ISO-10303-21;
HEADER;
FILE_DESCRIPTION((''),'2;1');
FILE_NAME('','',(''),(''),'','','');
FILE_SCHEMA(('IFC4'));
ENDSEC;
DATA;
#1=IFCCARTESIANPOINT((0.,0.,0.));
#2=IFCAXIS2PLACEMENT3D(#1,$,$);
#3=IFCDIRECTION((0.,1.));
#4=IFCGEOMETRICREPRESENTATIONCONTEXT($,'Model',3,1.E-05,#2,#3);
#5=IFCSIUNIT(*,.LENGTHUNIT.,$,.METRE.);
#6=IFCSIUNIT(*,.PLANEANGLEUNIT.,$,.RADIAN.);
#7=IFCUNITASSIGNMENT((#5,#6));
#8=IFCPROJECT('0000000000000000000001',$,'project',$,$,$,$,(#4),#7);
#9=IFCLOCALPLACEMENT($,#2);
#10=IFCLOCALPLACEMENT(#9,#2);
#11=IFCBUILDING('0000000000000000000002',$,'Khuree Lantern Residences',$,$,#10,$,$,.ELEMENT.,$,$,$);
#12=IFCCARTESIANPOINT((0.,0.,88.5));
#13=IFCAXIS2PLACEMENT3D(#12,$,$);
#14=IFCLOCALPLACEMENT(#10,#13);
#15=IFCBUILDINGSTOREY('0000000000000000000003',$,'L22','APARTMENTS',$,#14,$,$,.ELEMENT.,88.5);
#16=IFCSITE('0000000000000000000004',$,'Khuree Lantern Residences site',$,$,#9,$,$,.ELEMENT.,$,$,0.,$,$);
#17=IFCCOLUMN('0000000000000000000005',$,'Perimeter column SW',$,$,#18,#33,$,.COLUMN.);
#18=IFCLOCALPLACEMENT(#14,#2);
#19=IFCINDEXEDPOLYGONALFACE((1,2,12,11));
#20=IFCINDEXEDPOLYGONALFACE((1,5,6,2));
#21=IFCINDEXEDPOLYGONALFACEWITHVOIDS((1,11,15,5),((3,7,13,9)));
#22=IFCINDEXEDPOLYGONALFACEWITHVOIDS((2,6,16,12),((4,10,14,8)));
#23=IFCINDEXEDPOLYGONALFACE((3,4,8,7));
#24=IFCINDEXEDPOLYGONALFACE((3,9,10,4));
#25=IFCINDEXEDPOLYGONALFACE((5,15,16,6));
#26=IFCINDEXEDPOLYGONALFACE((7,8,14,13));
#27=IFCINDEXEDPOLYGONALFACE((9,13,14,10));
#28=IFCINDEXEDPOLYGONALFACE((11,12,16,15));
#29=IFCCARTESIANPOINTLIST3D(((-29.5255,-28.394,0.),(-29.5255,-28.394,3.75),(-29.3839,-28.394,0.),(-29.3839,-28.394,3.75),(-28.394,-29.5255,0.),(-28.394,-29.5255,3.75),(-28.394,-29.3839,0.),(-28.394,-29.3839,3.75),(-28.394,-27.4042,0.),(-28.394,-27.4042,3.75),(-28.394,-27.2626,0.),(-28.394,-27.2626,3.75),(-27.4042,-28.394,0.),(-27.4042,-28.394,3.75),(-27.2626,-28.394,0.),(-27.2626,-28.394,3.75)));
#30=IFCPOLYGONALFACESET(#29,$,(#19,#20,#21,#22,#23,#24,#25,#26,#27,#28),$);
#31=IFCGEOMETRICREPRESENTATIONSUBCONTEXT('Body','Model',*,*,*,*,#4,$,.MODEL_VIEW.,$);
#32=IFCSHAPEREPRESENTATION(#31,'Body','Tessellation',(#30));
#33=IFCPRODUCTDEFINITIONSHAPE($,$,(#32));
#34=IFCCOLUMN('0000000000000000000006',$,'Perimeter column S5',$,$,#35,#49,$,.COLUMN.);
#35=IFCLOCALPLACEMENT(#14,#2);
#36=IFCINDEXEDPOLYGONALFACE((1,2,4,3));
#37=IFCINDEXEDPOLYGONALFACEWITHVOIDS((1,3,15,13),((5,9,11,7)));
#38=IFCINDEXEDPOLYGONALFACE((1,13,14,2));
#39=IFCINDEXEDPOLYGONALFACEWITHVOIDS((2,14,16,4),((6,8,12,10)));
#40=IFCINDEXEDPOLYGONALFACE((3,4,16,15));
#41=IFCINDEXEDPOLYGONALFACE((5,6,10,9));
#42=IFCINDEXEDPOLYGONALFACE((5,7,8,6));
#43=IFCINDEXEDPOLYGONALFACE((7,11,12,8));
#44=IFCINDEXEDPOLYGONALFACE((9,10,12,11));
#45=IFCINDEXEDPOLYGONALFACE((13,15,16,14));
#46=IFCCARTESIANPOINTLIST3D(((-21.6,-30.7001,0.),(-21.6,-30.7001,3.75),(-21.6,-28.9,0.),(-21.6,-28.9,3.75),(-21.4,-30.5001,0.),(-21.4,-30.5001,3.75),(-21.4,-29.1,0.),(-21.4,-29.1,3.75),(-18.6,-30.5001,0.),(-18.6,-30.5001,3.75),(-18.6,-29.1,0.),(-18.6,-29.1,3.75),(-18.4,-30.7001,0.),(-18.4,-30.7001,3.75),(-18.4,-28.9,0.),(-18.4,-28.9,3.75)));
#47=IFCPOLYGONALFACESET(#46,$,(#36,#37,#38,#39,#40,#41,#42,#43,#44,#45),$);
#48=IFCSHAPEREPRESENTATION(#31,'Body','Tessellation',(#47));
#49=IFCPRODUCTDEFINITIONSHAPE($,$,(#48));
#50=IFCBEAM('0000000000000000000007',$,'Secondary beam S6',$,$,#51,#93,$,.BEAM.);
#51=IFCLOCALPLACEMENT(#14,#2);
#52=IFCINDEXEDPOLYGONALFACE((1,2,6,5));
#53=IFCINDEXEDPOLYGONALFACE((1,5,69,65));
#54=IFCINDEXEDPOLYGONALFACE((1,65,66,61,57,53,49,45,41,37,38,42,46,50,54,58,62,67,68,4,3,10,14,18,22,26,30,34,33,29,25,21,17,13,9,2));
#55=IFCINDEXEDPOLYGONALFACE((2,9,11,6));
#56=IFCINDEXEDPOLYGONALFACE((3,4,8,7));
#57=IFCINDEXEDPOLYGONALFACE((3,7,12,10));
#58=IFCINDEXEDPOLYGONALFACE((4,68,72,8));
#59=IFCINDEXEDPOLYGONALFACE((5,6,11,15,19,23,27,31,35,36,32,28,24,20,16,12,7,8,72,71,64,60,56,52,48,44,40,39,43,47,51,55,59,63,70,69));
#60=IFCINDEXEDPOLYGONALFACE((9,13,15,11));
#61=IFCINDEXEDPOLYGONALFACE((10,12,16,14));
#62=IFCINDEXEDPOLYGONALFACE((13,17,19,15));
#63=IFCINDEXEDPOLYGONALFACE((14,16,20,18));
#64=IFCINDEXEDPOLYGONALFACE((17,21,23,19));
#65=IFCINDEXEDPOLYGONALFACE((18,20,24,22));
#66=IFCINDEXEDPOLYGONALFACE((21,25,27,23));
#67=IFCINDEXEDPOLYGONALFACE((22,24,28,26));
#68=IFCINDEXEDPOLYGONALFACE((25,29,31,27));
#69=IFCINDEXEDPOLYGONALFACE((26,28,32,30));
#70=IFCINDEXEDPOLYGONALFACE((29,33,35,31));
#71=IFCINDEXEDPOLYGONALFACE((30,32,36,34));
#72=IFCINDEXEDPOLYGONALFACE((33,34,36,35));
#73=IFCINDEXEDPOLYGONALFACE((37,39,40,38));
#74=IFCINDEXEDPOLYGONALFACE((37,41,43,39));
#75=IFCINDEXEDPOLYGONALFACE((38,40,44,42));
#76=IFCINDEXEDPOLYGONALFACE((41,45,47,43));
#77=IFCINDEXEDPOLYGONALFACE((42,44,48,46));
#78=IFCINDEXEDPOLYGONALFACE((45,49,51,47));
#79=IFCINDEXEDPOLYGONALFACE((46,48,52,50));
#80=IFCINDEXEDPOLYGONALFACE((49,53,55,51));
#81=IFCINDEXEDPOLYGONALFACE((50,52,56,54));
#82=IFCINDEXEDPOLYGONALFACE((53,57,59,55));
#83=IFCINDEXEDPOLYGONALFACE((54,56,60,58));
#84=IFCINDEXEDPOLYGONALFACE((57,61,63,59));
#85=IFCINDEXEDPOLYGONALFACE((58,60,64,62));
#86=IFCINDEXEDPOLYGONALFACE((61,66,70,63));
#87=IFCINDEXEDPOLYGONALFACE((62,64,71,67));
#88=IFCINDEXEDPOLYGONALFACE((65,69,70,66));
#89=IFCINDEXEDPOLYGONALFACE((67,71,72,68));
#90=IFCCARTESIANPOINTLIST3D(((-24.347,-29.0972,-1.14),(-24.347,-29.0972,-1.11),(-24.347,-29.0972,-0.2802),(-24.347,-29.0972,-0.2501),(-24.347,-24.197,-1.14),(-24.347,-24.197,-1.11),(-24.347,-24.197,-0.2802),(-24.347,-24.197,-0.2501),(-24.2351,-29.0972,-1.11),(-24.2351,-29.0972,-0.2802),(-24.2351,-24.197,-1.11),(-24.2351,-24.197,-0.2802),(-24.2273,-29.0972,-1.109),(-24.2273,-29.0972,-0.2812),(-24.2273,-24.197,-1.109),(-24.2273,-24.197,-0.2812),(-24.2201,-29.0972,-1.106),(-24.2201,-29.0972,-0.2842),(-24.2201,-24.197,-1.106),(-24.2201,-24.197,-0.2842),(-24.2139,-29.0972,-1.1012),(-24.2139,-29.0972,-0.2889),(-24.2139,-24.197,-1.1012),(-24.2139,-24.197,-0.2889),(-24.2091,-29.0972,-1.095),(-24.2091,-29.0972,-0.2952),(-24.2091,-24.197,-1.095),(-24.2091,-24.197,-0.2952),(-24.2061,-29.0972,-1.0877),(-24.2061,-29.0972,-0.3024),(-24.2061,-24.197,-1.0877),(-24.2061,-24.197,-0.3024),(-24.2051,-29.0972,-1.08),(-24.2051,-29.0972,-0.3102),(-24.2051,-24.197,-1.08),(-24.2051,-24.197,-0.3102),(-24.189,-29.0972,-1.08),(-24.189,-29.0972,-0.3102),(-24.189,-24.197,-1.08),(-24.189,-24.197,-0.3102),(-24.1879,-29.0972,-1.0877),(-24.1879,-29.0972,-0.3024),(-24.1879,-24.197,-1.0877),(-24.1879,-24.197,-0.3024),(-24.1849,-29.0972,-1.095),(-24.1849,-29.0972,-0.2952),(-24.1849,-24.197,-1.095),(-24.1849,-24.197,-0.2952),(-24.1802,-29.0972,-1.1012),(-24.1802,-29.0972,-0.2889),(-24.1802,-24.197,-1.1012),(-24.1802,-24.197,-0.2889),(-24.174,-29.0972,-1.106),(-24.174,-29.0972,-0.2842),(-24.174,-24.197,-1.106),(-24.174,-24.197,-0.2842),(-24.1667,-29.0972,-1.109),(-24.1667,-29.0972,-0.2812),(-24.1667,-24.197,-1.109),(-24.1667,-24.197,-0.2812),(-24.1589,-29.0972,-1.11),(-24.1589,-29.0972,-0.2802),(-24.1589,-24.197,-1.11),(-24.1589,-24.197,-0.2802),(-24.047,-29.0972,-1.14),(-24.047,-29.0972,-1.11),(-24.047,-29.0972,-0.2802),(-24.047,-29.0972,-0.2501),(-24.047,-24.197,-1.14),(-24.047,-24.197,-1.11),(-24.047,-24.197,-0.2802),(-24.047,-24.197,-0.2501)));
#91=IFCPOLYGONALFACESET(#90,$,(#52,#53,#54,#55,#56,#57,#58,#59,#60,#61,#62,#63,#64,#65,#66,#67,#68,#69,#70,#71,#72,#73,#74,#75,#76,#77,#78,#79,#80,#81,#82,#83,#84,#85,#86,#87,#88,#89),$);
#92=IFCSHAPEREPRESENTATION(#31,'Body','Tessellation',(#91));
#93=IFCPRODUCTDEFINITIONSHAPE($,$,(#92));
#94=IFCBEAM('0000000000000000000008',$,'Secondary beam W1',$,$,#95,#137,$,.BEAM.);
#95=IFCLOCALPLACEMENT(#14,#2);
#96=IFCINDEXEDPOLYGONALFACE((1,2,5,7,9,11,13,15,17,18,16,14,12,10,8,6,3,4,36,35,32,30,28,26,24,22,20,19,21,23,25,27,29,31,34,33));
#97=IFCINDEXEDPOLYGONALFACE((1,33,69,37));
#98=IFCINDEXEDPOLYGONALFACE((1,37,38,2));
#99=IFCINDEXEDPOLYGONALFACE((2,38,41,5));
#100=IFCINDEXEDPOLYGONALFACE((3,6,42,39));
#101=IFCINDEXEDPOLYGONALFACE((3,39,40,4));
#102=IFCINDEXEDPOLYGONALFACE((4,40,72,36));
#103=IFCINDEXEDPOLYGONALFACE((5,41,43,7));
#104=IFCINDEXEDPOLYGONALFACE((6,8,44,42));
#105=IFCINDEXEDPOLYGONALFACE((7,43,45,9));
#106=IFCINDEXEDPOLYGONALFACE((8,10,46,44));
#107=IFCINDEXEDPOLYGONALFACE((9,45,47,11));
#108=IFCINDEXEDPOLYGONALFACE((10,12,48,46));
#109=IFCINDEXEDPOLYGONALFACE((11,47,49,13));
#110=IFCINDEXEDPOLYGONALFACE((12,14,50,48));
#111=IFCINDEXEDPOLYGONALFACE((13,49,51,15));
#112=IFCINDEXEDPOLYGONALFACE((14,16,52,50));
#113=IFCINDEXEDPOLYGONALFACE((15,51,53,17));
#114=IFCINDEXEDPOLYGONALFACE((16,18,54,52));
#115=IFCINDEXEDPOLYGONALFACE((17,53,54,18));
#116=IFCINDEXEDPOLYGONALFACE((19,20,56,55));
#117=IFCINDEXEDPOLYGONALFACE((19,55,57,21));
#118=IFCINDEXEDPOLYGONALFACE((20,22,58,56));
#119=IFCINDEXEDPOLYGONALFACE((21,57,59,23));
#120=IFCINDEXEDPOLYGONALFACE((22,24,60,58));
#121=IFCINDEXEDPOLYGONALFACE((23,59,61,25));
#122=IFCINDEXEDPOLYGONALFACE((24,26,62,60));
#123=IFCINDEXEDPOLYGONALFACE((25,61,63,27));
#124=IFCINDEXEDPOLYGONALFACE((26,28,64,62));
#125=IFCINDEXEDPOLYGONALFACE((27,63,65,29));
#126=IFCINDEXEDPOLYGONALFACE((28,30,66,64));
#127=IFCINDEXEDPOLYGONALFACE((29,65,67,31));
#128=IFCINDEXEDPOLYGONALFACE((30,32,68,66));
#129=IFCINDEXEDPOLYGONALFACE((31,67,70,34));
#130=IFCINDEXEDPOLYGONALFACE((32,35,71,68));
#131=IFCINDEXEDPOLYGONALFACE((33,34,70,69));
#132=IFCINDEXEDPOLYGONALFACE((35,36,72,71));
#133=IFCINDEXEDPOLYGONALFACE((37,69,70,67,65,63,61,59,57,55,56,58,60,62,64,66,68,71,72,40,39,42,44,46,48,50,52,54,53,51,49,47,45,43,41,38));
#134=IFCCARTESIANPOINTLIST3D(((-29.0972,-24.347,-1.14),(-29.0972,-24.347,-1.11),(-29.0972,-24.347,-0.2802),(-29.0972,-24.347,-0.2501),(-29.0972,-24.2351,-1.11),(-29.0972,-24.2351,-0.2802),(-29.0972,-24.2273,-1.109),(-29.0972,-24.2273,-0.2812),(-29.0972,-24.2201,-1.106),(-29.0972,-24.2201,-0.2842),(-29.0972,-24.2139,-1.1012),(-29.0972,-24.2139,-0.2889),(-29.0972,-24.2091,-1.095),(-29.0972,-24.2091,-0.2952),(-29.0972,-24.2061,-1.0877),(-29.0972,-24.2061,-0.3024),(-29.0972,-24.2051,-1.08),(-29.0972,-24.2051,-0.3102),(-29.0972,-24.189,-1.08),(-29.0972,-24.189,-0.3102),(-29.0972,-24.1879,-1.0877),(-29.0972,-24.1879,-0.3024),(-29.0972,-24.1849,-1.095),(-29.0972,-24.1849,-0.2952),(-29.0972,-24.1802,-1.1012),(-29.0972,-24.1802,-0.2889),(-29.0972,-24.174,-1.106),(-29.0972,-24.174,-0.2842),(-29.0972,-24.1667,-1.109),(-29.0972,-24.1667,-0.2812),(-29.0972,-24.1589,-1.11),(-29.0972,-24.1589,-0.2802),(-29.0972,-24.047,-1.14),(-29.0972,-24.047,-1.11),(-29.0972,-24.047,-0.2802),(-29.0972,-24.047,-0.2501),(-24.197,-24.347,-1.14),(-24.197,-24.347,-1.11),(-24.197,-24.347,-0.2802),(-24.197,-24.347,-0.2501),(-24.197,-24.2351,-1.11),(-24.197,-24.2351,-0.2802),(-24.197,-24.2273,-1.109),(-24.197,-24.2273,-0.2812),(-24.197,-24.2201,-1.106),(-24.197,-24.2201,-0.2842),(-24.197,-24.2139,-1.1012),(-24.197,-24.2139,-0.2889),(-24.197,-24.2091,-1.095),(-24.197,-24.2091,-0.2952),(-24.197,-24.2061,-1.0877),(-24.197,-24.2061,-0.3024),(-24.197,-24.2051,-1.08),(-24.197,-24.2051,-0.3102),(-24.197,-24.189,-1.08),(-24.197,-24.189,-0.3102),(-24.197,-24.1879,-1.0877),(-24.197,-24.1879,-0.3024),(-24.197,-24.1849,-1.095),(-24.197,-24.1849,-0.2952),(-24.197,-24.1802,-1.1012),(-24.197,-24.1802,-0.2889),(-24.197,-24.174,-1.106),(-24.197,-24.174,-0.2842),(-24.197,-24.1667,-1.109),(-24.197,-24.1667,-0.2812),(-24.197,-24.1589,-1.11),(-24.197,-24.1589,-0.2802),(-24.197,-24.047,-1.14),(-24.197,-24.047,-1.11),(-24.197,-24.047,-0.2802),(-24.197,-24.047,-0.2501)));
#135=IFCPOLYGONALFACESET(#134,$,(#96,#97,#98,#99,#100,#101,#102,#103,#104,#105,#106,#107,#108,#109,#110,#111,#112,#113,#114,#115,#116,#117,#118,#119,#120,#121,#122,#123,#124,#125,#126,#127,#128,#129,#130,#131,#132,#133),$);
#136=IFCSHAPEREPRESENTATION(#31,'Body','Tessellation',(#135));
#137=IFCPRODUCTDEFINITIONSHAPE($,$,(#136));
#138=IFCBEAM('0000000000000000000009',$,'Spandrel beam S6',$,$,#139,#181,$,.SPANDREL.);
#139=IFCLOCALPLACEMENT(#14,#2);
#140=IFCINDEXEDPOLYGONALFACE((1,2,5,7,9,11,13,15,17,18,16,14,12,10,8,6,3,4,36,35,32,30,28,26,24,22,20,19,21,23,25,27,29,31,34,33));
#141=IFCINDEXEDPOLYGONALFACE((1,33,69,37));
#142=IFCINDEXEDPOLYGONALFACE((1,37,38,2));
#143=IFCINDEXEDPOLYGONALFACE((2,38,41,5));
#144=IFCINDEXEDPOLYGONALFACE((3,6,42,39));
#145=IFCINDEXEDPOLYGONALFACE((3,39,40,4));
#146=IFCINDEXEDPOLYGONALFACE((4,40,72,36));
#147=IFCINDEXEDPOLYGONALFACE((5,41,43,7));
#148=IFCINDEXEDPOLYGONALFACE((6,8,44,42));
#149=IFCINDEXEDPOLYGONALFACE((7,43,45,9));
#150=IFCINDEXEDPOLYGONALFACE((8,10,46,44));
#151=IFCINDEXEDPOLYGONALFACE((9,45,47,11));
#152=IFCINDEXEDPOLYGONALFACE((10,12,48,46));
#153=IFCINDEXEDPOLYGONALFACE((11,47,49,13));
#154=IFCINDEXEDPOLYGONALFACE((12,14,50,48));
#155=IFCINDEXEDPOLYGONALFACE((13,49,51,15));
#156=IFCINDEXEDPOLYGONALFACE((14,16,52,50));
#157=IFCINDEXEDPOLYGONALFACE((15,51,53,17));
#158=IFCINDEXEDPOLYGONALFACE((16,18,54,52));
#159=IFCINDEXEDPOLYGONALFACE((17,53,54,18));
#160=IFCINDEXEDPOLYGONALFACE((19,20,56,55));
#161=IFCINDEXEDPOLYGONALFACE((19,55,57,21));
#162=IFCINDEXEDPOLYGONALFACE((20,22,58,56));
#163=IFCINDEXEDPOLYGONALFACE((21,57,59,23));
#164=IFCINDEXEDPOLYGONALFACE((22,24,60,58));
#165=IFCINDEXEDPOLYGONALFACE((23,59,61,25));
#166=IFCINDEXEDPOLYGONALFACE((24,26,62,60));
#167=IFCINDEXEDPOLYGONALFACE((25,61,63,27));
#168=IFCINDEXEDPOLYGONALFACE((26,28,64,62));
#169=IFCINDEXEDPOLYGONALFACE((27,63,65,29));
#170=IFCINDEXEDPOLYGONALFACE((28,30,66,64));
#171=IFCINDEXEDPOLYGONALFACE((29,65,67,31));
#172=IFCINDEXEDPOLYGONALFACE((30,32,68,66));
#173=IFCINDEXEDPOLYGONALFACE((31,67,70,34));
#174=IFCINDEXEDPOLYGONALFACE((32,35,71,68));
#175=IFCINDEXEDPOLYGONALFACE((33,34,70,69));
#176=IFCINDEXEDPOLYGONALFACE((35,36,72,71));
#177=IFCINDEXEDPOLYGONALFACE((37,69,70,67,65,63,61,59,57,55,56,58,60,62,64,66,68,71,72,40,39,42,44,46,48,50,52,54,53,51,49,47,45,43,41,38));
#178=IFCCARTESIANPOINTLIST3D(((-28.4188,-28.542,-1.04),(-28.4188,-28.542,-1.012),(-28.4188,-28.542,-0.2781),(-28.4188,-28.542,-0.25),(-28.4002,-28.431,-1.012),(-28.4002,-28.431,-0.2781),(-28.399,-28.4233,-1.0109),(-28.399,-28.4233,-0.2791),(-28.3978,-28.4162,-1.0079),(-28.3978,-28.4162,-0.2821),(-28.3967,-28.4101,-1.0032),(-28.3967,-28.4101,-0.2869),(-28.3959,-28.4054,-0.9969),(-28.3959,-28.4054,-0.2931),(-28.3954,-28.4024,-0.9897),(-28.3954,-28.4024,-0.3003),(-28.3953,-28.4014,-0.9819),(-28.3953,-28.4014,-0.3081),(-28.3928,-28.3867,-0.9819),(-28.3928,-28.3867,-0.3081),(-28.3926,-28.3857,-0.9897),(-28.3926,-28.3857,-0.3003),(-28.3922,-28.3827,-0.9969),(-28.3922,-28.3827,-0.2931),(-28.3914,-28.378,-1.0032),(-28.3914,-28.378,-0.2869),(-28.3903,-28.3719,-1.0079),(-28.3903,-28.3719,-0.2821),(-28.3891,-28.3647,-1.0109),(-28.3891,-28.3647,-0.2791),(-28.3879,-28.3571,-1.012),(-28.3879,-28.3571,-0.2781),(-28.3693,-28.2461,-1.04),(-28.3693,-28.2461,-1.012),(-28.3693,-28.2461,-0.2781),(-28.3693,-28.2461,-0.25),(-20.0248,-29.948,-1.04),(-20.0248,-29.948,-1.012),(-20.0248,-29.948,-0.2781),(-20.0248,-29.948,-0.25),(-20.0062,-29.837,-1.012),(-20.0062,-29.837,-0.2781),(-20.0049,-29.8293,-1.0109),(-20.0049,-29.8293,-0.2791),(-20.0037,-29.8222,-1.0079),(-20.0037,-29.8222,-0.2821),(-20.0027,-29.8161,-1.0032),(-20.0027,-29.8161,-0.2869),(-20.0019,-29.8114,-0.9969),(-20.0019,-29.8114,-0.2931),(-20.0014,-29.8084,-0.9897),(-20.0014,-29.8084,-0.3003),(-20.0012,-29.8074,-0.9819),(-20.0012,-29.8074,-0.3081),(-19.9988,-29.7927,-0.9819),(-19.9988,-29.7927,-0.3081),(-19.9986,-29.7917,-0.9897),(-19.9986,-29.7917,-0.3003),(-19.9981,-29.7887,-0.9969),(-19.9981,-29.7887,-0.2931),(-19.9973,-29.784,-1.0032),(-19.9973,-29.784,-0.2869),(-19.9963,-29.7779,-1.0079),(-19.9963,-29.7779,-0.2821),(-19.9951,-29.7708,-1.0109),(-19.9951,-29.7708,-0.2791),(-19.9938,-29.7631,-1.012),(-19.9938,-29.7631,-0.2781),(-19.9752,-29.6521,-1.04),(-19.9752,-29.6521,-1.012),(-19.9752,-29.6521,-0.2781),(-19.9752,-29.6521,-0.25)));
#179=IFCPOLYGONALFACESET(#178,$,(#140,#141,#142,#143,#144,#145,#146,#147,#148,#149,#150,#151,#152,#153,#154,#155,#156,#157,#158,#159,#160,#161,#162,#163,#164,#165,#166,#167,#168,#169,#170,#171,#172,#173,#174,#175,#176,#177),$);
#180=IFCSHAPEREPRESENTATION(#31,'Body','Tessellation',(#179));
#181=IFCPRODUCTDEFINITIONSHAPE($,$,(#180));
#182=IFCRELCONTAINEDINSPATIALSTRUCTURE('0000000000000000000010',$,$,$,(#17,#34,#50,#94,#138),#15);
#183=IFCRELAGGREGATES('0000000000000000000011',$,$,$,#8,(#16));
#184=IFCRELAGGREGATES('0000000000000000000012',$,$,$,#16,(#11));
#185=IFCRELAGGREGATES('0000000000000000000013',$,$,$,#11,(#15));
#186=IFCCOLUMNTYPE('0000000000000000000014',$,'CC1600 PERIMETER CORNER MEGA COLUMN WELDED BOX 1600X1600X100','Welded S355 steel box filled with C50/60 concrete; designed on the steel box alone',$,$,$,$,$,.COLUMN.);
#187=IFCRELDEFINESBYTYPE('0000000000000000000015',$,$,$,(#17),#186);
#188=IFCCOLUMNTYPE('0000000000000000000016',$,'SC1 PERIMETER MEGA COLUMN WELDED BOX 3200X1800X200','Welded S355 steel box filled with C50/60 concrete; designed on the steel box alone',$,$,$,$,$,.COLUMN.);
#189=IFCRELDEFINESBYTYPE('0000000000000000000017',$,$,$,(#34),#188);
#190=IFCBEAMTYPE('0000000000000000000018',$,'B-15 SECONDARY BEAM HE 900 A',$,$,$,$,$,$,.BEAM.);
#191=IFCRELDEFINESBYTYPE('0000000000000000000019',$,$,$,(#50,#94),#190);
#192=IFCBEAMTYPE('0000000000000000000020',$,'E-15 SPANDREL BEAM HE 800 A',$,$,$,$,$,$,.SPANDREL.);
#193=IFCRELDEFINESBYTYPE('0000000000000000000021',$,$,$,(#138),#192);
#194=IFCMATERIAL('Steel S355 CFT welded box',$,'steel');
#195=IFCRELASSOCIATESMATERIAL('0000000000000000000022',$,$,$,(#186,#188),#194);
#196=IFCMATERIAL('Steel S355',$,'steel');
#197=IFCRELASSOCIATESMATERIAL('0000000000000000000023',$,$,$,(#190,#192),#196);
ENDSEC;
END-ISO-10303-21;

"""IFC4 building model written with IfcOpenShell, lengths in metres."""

from ifc_helpers import new_model, si_unit, direction, frame, origin, origin_2d, place, context, subcontext, project, spatial, hollow_rectangle, i_section, extrude, material, material_profile, profile_set, type_object, element, save


model = new_model("IFC4")

# Units and contexts
model_context = context("Model", 3, precision=1e-05, world=origin(), true_north=direction((0.0, 1.0)))
body_context = subcontext(model_context, "Body", "Model", "MODEL_VIEW")
ifc_project = project(units=[si_unit("LENGTHUNIT", "METRE"), si_unit("PLANEANGLEUNIT", "RADIAN")], contexts=[model_context])

# Site, building, storey
site_placement = place(None, origin())
site = spatial("IfcSite", under=ifc_project, at=site_placement, Name="Khuree Lantern Residences site", CompositionType="ELEMENT", RefElevation=0.0)
building_placement = place(site_placement, origin())
building = spatial("IfcBuilding", under=site, at=building_placement, Name="Khuree Lantern Residences", CompositionType="ELEMENT")
storey_placement = place(building_placement, frame((0.0, 0.0, 88.5)))
storey = spatial("IfcBuildingStorey", under=building, at=storey_placement, Name="L22", Description="APARTMENTS", CompositionType="ELEMENT", Elevation=88.5)

# Columns
ifc_material_1 = material(Name="Steel S355 CFT welded box", Category="steel")
ifc_material_profile_1 = material_profile(ifc_material_1, hollow_rectangle(XDim=1.6001, YDim=1.6001, WallThickness=0.1001, at=origin_2d()), Name="WELDED BOX 1600X1600X100")
ifc_profile_set_1 = profile_set([ifc_material_profile_1], Name="Steel S355 CFT welded box")
column_type_1 = type_object("IfcColumnType", Name="CC1600 PERIMETER CORNER MEGA COLUMN WELDED BOX 1600X1600X100", Description="Welded S355 steel box filled with C50/60 concrete; designed on the steel box alone", PredefinedType="COLUMN", material=ifc_profile_set_1)
column_1_placement = place(storey_placement, frame((-28.394, -28.394, 0.0), z_axis=(0.0, 0.0, 1.0), x_axis=(0.707107, -0.707107, 0.0)))
element("IfcColumn", 1, at=column_1_placement, inside=storey, type_object=column_type_1, Name="Perimeter column SW", PredefinedType="COLUMN", context=body_context, shape_type="SweptSolid", body=[
    extrude(hollow_rectangle(XDim=1.6001, YDim=1.6001, WallThickness=0.1001, at=origin_2d()), origin(), (0.0, 0.0, 1.0), 3.75),
])
ifc_material_profile_2 = material_profile(ifc_material_1, hollow_rectangle(XDim=3.2, YDim=1.8, WallThickness=0.2, at=origin_2d()), Name="WELDED BOX 3200X1800X200")
ifc_profile_set_2 = profile_set([ifc_material_profile_2], Name="Steel S355 CFT welded box")
column_type_2 = type_object("IfcColumnType", Name="SC1 PERIMETER MEGA COLUMN WELDED BOX 3200X1800X200", Description="Welded S355 steel box filled with C50/60 concrete; designed on the steel box alone", PredefinedType="COLUMN", material=ifc_profile_set_2)
column_2_placement = place(storey_placement, frame((-20.0, -29.8, 0.0), z_axis=(0.0, 0.0, 1.0), x_axis=(1.0, 0.0, 0.0)))
element("IfcColumn", 2, at=column_2_placement, inside=storey, type_object=column_type_2, Name="Perimeter column S5", PredefinedType="COLUMN", context=body_context, shape_type="SweptSolid", body=[
    extrude(hollow_rectangle(XDim=3.2, YDim=1.8, WallThickness=0.2, at=origin_2d()), origin(), (0.0, 0.0, 1.0), 3.75),
])

# Beams
ifc_material_2 = material(Name="Steel S355", Category="steel")
ifc_material_profile_3 = material_profile(ifc_material_2, i_section(OverallWidth=0.3, OverallDepth=0.8899, WebThickness=0.0161, FlangeThickness=0.03, FilletRadius=0.03, at=origin_2d()), Name="HE 900 A")
ifc_profile_set_3 = profile_set([ifc_material_profile_3], Name="Steel S355")
beam_type_1 = type_object("IfcBeamType", Name="B-15 SECONDARY BEAM HE 900 A", PredefinedType="BEAM", material=ifc_profile_set_3)
for number, where, z_axis, x_axis, name in (
    (3, (-24.197, -29.0972, -0.6951), (0.0, 1.0, 0.0), (-1.0, 0.0, 0.0), "Secondary beam S6"),
    (4, (-29.0972, -24.197, -0.6951), (1.0, 0.0, 0.0), (0.0, 1.0, 0.0), "Secondary beam W1"),
):
    element("IfcBeam", number, at=place(storey_placement, frame(where, z_axis=z_axis, x_axis=x_axis)), inside=storey, type_object=beam_type_1, Name=name, PredefinedType="BEAM", context=body_context, shape_type="SweptSolid", body=[
        extrude(i_section(OverallWidth=0.3, OverallDepth=0.8899, WebThickness=0.0161, FlangeThickness=0.03, FilletRadius=0.03, at=origin_2d()), origin(), (0.0, 0.0, 1.0), 4.9001),
    ])
ifc_material_profile_4 = material_profile(ifc_material_2, i_section(OverallWidth=0.3, OverallDepth=0.79, WebThickness=0.0149, FlangeThickness=0.0281, FilletRadius=0.03, at=origin_2d()), Name="HE 800 A")
ifc_profile_set_4 = profile_set([ifc_material_profile_4], Name="Steel S355")
beam_type_2 = type_object("IfcBeamType", Name="E-15 SPANDREL BEAM HE 800 A", PredefinedType="SPANDREL", material=ifc_profile_set_4)
for number, where, z_axis, x_axis, name in (
    (5, (-20.0, -29.8, -0.645), (-0.98626, 0.165199, 0.0), (-0.165199, -0.98626, 0.0), "Spandrel beam S6"),
):
    element("IfcBeam", number, at=place(storey_placement, frame(where, z_axis=z_axis, x_axis=x_axis)), inside=storey, type_object=beam_type_2, Name=name, PredefinedType="SPANDREL", context=body_context, shape_type="SweptSolid", body=[
        extrude(i_section(OverallWidth=0.3, OverallDepth=0.79, WebThickness=0.0149, FlangeThickness=0.0281, FilletRadius=0.03, at=origin_2d()), origin(), (0.0, 0.0, 1.0), 8.511),
    ])

save(model, "model.ifc")
